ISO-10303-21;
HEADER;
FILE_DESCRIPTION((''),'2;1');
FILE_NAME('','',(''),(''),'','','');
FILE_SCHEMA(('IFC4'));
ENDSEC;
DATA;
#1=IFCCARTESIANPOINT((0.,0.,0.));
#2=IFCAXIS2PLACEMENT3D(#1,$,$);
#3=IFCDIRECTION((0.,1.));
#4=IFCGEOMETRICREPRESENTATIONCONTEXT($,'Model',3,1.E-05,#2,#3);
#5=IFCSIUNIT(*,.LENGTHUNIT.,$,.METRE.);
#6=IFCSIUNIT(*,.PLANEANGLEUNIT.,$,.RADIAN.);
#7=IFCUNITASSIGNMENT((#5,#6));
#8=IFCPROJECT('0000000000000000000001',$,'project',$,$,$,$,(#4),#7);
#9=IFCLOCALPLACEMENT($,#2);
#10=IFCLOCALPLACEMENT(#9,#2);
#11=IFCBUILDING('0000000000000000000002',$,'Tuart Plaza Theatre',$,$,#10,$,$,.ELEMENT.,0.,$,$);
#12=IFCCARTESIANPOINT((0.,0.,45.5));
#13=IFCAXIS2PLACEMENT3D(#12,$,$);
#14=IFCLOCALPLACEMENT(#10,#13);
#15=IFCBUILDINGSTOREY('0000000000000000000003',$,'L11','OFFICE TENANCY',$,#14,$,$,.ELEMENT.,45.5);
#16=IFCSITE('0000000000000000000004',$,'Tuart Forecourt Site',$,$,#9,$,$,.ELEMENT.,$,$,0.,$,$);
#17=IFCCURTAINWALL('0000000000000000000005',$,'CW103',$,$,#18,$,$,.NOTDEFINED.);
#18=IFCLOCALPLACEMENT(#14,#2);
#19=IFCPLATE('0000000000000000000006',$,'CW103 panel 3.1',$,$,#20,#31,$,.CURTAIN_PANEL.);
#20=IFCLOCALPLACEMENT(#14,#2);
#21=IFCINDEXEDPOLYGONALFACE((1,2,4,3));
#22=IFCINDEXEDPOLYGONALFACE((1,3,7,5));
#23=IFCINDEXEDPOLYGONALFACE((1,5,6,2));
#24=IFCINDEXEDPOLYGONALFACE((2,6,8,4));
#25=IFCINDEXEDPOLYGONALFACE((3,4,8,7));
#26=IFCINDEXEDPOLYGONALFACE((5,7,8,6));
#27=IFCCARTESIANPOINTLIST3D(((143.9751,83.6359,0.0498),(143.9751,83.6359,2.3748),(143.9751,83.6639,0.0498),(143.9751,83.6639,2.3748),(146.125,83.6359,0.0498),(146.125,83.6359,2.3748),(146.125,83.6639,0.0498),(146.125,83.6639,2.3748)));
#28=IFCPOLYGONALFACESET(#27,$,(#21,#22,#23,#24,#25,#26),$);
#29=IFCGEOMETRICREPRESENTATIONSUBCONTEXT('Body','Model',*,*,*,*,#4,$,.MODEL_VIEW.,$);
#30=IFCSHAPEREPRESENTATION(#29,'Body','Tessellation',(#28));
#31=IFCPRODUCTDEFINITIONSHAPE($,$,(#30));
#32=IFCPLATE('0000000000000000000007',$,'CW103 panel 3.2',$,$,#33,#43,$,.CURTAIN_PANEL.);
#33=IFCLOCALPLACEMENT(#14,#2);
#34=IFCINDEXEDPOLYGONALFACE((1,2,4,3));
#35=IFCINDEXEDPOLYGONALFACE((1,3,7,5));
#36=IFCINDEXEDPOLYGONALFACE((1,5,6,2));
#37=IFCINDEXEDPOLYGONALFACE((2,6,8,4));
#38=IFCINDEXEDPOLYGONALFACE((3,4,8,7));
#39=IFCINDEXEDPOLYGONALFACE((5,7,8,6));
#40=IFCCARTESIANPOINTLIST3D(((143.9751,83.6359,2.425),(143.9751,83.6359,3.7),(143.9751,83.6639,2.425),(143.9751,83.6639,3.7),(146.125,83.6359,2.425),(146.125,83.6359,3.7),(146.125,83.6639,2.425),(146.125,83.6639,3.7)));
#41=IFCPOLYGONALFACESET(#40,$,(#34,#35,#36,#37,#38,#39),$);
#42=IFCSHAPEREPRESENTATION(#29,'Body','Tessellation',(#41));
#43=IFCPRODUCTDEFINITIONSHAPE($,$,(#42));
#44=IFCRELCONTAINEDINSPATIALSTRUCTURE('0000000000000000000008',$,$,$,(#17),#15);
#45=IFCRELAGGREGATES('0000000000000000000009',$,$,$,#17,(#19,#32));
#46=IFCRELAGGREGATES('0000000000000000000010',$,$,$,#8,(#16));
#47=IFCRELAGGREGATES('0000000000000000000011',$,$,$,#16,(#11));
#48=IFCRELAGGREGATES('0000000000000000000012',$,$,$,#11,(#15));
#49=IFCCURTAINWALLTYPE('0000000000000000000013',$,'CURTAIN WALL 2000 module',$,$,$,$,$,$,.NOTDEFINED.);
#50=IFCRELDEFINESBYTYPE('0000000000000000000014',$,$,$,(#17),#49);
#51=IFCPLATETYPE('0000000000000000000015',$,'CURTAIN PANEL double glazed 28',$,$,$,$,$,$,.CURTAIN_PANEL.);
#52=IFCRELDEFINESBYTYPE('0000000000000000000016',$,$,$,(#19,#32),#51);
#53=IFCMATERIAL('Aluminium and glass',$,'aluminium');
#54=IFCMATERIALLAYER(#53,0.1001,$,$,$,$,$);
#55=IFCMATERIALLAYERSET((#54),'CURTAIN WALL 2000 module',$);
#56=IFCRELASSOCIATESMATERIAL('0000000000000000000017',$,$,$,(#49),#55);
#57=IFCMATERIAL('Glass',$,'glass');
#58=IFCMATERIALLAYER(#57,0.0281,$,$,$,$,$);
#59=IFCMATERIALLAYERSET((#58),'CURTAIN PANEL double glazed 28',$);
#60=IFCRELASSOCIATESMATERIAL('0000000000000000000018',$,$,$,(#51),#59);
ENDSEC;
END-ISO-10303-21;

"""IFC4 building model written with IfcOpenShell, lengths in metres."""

from ifc_helpers import new_model, si_unit, direction, frame, origin, origin_2d, place, context, subcontext, project, spatial, rectangle, extrude, material, layer, layer_set, type_object, element, aggregate, save


model = new_model("IFC4")

# Units and contexts
model_context = context("Model", 3, precision=1e-05, world=origin(), true_north=direction((0.0, 1.0)))
body_context = subcontext(model_context, "Body", "Model", "MODEL_VIEW")
ifc_project = project(units=[si_unit("LENGTHUNIT", "METRE"), si_unit("PLANEANGLEUNIT", "RADIAN")], contexts=[model_context])

# Site, building, storey
site_placement = place(None, origin())
site = spatial("IfcSite", under=ifc_project, at=site_placement, Name="Tuart Forecourt Site", CompositionType="ELEMENT", RefElevation=0.0)
building_placement = place(site_placement, origin())
building = spatial("IfcBuilding", under=site, at=building_placement, Name="Tuart Plaza Theatre", CompositionType="ELEMENT", ElevationOfRefHeight=0.0)
storey_placement = place(building_placement, frame((0.0, 0.0, 45.5)))
storey = spatial("IfcBuildingStorey", under=building, at=storey_placement, Name="L11", Description="OFFICE TENANCY", CompositionType="ELEMENT", Elevation=45.5)

# Shared definitions
ifc_material_1 = material(Name="Aluminium and glass", Category="aluminium")
ifc_layer_1 = layer(ifc_material_1, 0.1001)
ifc_layer_set_1 = layer_set([ifc_layer_1], Name="CURTAIN WALL 2000 module")
curtain_wall_type = type_object("IfcCurtainWallType", Name="CURTAIN WALL 2000 module", PredefinedType="NOTDEFINED", material=ifc_layer_set_1)

# Curtain wall
curtain_wall_1_placement = place(storey_placement, origin())
curtain_wall_1 = element("IfcCurtainWall", 1, at=curtain_wall_1_placement, inside=storey, type_object=curtain_wall_type, Name="CW103", PredefinedType="NOTDEFINED")

# Plates
ifc_material_2 = material(Name="Glass", Category="glass")
ifc_layer_2 = layer(ifc_material_2, 0.0281)
ifc_layer_set_2 = layer_set([ifc_layer_2], Name="CURTAIN PANEL double glazed 28")
plate_type = type_object("IfcPlateType", Name="CURTAIN PANEL double glazed 28", PredefinedType="CURTAIN_PANEL", material=ifc_layer_set_2)
plate_1_placement = place(storey_placement, frame((145.05, 83.6499, 0.0498), z_axis=(0.0, 0.0, 1.0), x_axis=(-1.0, 0.0, 0.0)))
plate_1 = element("IfcPlate", 2, at=plate_1_placement, type_object=plate_type, Name="CW103 panel 3.1", PredefinedType="CURTAIN_PANEL", context=body_context, shape_type="SweptSolid", body=[
    extrude(rectangle(XDim=2.1499, YDim=0.0281, at=origin_2d()), origin(), (0.0, 0.0, 1.0), 2.325),
])
plate_2_placement = place(storey_placement, frame((145.05, 83.6499, 2.425), z_axis=(0.0, 0.0, 1.0), x_axis=(-1.0, 0.0, 0.0)))
plate_2 = element("IfcPlate", 3, at=plate_2_placement, type_object=plate_type, Name="CW103 panel 3.2", PredefinedType="CURTAIN_PANEL", context=body_context, shape_type="SweptSolid", body=[
    extrude(rectangle(XDim=2.1499, YDim=0.0281, at=origin_2d()), origin(), (0.0, 0.0, 1.0), 1.2749),
])
aggregate(curtain_wall_1, [plate_1, plate_2])

save(model, "model.ifc")
